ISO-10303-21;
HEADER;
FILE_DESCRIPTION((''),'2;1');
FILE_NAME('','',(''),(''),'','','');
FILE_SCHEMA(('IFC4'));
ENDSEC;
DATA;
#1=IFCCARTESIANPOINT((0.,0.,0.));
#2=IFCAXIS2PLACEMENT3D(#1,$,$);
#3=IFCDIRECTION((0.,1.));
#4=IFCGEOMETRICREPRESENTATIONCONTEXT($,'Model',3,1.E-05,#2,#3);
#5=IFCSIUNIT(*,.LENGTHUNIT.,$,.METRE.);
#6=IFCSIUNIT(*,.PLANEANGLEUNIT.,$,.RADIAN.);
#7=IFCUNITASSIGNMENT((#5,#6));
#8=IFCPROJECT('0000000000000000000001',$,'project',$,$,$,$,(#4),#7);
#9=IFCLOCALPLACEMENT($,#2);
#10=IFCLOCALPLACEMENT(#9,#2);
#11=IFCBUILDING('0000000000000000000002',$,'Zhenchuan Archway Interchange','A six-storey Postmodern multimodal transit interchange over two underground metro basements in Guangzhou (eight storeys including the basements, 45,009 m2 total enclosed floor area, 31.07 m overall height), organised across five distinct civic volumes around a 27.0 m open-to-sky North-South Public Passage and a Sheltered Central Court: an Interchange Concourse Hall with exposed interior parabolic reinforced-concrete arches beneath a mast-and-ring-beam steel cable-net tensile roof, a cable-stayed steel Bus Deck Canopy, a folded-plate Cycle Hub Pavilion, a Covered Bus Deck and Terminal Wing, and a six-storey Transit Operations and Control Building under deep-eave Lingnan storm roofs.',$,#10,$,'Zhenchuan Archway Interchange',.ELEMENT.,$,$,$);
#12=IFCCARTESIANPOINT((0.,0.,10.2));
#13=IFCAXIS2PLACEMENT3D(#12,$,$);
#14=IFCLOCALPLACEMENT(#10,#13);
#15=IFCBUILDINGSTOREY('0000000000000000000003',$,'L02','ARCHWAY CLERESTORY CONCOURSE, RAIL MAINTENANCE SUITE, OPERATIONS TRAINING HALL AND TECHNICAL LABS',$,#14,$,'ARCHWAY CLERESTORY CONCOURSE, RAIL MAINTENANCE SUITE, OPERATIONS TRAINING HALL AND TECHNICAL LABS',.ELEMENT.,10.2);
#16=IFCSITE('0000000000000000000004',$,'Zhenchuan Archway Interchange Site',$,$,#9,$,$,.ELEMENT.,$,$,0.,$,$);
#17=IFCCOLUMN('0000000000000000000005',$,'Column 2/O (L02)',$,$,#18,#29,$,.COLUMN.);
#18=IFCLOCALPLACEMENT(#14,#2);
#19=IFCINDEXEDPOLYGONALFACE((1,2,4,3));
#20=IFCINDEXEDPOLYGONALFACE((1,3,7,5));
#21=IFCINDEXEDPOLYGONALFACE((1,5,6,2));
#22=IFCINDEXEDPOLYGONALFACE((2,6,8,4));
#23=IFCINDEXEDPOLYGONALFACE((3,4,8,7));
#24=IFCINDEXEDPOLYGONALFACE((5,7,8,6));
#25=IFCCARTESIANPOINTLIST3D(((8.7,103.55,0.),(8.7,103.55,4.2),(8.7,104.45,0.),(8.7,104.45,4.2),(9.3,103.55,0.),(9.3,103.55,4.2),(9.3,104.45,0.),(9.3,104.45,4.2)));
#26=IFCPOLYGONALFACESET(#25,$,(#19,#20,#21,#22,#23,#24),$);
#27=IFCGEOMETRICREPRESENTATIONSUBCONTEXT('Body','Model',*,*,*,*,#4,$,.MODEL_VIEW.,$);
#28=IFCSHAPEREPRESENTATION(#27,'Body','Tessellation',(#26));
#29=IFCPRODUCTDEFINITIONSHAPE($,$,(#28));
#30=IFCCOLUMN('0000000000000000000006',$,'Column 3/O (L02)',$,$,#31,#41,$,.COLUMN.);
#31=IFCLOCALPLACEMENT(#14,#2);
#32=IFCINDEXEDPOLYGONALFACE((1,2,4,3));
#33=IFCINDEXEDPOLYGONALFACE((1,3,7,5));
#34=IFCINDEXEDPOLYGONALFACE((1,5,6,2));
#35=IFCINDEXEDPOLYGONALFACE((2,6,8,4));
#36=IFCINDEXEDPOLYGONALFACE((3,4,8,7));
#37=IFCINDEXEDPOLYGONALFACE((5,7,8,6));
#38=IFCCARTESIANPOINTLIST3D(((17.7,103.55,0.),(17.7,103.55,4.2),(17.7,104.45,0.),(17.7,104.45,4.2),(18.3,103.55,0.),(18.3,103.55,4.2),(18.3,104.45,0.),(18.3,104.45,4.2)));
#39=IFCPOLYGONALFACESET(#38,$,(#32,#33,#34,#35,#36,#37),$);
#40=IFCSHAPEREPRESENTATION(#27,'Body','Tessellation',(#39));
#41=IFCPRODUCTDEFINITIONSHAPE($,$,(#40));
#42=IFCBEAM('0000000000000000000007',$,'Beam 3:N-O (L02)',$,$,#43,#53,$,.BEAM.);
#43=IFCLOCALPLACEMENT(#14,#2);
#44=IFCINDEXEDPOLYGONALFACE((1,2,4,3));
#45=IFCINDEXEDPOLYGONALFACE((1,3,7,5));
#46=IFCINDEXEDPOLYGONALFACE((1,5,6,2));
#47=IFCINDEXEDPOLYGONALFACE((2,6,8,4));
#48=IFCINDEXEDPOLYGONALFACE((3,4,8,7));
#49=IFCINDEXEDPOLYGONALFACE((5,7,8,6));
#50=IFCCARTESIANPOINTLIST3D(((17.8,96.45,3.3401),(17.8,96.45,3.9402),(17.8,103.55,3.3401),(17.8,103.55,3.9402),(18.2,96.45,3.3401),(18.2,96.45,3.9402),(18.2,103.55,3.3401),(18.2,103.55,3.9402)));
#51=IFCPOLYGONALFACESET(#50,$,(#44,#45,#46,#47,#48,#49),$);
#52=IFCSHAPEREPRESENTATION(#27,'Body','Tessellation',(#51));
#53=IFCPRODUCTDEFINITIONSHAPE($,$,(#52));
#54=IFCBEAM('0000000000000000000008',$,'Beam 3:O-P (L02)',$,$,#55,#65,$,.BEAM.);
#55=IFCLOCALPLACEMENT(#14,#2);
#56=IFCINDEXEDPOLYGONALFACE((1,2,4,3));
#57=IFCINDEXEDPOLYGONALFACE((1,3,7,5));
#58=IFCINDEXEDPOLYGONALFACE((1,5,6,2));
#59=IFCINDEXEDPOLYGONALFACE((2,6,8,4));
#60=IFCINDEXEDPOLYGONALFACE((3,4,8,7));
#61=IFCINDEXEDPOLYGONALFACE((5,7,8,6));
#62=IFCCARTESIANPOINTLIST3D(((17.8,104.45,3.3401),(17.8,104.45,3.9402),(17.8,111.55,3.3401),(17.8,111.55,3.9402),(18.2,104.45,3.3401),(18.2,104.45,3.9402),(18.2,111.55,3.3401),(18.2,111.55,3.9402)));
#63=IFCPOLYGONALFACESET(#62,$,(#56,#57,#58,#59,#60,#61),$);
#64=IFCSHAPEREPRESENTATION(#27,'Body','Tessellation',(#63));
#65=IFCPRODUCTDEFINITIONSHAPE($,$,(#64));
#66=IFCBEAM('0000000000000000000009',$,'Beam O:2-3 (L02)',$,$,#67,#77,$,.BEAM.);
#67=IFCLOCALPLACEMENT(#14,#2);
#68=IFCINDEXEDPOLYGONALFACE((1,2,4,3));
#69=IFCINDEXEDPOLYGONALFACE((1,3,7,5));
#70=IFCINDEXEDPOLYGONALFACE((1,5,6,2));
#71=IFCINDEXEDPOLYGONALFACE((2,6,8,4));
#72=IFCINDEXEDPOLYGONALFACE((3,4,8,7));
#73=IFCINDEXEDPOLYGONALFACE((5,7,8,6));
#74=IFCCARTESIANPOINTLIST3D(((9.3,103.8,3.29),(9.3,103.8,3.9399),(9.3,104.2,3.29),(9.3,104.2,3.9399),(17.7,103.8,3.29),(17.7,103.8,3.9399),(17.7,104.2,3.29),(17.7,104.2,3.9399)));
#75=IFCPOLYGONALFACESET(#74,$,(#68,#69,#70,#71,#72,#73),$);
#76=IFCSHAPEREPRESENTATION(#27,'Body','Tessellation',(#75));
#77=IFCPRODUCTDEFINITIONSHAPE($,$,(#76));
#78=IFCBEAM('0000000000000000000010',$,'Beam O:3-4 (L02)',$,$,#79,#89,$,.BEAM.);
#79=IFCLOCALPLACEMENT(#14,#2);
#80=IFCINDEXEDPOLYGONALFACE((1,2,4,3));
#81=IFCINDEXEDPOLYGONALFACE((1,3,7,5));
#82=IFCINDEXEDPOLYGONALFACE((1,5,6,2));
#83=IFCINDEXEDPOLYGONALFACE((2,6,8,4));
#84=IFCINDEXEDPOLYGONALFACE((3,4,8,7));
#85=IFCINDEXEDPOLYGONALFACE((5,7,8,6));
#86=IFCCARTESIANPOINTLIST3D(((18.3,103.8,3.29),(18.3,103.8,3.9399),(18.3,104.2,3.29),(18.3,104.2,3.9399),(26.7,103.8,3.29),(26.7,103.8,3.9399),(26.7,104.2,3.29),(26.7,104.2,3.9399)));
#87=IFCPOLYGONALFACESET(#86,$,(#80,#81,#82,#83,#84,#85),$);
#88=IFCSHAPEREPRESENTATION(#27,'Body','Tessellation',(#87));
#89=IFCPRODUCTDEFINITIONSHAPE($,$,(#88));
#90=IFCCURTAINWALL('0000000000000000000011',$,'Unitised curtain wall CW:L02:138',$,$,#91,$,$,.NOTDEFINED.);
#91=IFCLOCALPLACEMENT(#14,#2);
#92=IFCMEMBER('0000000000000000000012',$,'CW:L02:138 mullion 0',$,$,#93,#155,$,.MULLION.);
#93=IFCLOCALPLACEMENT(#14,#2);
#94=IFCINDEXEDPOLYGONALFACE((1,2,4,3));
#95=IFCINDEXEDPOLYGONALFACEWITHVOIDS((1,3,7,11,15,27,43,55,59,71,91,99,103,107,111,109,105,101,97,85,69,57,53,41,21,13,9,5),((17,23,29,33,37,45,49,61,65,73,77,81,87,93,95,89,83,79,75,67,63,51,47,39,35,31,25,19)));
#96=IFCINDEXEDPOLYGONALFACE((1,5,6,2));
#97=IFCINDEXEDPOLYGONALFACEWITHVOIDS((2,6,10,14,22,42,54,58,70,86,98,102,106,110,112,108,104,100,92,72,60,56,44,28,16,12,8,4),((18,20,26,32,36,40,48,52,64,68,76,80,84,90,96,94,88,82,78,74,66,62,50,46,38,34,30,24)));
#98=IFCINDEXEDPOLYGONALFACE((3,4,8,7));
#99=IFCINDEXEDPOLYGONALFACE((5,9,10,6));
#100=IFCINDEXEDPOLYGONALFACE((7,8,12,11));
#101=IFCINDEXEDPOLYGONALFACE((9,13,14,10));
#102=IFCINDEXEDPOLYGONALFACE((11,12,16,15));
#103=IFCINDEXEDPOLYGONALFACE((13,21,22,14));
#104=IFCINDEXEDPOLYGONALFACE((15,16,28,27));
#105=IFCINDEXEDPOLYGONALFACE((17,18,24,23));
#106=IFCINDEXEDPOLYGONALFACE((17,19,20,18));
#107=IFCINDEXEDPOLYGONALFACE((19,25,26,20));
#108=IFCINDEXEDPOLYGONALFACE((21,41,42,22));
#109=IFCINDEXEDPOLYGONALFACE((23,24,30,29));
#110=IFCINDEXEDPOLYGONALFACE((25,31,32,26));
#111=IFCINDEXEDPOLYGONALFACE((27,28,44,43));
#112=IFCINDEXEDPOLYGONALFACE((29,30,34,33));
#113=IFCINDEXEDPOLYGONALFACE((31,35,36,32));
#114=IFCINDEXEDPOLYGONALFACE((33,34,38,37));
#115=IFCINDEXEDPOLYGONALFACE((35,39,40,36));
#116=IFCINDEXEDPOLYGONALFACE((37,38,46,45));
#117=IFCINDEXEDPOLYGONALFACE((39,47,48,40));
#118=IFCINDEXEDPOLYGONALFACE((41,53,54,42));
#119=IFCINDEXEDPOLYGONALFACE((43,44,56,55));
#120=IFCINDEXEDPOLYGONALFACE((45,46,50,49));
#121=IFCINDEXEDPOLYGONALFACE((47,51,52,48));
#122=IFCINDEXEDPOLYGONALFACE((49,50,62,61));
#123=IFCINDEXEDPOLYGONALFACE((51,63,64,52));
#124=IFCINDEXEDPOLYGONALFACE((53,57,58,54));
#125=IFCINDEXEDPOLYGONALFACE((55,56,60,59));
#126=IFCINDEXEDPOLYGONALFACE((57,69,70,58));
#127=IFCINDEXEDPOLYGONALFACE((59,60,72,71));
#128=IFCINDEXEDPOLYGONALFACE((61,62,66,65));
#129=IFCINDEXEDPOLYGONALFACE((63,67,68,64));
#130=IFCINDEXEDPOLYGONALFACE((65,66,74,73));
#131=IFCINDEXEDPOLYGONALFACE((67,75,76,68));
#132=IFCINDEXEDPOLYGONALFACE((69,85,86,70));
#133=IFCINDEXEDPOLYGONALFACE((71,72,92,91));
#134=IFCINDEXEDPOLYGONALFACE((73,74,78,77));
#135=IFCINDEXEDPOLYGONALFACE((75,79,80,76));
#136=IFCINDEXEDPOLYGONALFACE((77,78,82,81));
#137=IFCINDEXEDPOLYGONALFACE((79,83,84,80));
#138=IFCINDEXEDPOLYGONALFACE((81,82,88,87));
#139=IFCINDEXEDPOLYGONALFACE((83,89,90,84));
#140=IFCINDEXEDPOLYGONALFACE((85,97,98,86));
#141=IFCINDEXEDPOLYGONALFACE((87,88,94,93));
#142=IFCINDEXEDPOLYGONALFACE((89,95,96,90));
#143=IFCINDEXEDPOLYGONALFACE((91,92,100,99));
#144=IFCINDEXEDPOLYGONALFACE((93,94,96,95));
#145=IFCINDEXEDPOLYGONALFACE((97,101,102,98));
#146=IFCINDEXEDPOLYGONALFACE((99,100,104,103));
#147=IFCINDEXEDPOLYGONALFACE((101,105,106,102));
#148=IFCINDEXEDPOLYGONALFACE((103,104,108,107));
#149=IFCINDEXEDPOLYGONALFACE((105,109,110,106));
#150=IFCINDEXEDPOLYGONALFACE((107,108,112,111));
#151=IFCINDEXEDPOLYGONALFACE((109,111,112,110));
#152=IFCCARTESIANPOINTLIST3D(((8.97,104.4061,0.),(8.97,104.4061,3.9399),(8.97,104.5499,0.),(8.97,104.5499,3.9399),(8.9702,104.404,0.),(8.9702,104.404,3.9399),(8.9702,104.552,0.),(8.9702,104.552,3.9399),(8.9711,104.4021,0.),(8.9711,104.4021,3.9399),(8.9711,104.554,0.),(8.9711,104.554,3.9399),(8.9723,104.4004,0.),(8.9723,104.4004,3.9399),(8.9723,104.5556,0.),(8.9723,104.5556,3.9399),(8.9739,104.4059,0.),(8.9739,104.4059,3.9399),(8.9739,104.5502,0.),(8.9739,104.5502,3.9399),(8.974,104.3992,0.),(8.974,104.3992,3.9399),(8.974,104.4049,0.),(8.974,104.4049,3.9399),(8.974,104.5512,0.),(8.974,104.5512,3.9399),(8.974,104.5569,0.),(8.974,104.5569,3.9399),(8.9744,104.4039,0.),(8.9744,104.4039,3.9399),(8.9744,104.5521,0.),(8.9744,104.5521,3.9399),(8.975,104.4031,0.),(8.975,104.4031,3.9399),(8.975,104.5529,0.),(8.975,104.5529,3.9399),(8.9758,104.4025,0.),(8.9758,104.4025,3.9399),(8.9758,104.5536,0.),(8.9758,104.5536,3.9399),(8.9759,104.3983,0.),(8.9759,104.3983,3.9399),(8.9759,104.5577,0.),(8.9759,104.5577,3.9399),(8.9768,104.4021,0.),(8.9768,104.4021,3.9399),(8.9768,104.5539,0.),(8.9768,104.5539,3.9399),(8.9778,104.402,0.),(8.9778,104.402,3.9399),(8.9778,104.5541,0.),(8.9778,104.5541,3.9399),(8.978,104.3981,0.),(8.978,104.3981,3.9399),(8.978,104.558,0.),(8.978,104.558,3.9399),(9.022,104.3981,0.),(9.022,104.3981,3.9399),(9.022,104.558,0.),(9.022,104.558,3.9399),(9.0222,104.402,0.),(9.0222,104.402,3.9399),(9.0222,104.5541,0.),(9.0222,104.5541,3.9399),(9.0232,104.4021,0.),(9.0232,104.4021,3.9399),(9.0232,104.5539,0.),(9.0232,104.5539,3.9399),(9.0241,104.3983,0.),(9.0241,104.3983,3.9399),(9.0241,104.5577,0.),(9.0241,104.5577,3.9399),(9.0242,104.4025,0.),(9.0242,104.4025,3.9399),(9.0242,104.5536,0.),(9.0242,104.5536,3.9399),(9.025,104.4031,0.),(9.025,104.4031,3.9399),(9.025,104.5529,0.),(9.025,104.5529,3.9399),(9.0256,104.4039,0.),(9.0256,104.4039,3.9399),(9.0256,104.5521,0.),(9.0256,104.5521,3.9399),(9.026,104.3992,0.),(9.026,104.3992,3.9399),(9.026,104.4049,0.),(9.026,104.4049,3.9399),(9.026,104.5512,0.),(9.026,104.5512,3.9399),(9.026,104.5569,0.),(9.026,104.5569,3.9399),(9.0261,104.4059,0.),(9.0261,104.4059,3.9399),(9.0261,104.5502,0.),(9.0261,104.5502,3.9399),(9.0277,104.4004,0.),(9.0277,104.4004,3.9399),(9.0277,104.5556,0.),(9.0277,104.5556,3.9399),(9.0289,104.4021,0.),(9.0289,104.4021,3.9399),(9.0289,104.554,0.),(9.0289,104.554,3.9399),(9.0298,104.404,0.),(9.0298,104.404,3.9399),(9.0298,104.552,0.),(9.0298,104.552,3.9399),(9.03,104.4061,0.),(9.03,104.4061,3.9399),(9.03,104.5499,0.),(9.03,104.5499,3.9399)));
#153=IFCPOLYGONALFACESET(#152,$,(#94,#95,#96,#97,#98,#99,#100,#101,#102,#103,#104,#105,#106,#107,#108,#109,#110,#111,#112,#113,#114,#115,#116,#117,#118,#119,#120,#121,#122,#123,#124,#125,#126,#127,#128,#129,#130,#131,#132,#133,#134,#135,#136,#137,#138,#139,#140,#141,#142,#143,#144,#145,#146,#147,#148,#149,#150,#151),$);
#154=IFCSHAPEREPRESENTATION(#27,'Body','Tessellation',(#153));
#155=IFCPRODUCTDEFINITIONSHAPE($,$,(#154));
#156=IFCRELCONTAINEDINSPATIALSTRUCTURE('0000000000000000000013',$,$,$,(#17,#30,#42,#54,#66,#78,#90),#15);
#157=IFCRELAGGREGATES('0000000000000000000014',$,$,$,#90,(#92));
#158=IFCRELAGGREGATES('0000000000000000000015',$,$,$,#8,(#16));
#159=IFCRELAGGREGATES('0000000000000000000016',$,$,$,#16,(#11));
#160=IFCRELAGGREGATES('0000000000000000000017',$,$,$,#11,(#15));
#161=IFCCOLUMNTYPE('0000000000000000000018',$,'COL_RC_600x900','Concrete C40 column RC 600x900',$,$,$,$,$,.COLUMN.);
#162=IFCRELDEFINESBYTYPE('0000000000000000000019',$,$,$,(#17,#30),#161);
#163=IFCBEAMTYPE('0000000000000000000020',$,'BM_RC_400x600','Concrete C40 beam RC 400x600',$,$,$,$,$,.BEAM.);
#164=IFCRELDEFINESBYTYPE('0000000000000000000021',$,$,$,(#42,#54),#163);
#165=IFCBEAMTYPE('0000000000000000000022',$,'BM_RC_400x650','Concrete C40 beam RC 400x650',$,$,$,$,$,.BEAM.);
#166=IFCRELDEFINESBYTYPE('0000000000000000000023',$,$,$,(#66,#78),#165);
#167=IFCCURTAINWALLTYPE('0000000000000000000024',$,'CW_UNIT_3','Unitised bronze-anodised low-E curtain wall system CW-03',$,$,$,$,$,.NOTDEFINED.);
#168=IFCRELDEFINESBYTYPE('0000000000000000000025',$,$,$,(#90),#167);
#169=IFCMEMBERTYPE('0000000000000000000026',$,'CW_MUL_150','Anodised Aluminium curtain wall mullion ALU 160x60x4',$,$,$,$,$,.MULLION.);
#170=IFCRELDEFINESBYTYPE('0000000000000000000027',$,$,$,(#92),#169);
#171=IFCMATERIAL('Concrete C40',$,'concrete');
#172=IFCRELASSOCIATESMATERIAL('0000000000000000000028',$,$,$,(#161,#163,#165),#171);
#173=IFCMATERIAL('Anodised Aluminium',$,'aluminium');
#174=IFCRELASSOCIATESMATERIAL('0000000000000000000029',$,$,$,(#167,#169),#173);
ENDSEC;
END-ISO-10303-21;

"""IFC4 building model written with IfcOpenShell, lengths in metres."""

from ifc_helpers import new_model, si_unit, direction, frame, origin, origin_2d, place, context, subcontext, project, spatial, rectangle, hollow_rectangle, extrude, material, material_profile, profile_set, type_object, element, aggregate, save


model = new_model("IFC4")

# Units and contexts
model_context = context("Model", 3, precision=1e-05, world=origin(), true_north=direction((0.0, 1.0)))
body_context = subcontext(model_context, "Body", "Model", "MODEL_VIEW")
ifc_project = project(units=[si_unit("LENGTHUNIT", "METRE"), si_unit("PLANEANGLEUNIT", "RADIAN")], contexts=[model_context])

# Site, building, storey
site_placement = place(None, origin())
site = spatial("IfcSite", under=ifc_project, at=site_placement, Name="Zhenchuan Archway Interchange Site", CompositionType="ELEMENT", RefElevation=0.0)
building_placement = place(site_placement, origin())
building = spatial("IfcBuilding", under=site, at=building_placement, Name="Zhenchuan Archway Interchange", Description="A six-storey Postmodern multimodal transit interchange over two underground metro basements in Guangzhou (eight storeys including the basements, 45,009 m2 total enclosed floor area, 31.07 m overall height), organised across five distinct civic volumes around a 27.0 m open-to-sky North-South Public Passage and a Sheltered Central Court: an Interchange Concourse Hall with exposed interior parabolic reinforced-concrete arches beneath a mast-and-ring-beam steel cable-net tensile roof, a cable-stayed steel Bus Deck Canopy, a folded-plate Cycle Hub Pavilion, a Covered Bus Deck and Terminal Wing, and a six-storey Transit Operations and Control Building under deep-eave Lingnan storm roofs.", LongName="Zhenchuan Archway Interchange", CompositionType="ELEMENT")
storey_placement = place(building_placement, frame((0.0, 0.0, 10.2)))
storey = spatial("IfcBuildingStorey", under=building, at=storey_placement, Name="L02", Description="ARCHWAY CLERESTORY CONCOURSE, RAIL MAINTENANCE SUITE, OPERATIONS TRAINING HALL AND TECHNICAL LABS", LongName="ARCHWAY CLERESTORY CONCOURSE, RAIL MAINTENANCE SUITE, OPERATIONS TRAINING HALL AND TECHNICAL LABS", CompositionType="ELEMENT", Elevation=10.2)

# Columns
ifc_material_1 = material(Name="Concrete C40", Category="concrete")
ifc_material_profile_1 = material_profile(ifc_material_1, rectangle(XDim=0.6001, YDim=0.8999, at=origin_2d()), Name="RC 600x900")
ifc_profile_set_1 = profile_set([ifc_material_profile_1], Name="Concrete C40")
column_type = type_object("IfcColumnType", Name="COL_RC_600x900", Description="Concrete C40 column RC 600x900", PredefinedType="COLUMN", material=ifc_profile_set_1)
for number, where, z_axis, x_axis, name in (
    (1, (9.0, 104.0, 0.0), (0.0, 0.0, 1.0), (1.0, 0.0, 0.0), "Column 2/O (L02)"),
    (2, (18.0, 104.0, 0.0), (0.0, 0.0, 1.0), (1.0, 0.0, 0.0), "Column 3/O (L02)"),
):
    element("IfcColumn", number, at=place(storey_placement, frame(where, z_axis=z_axis, x_axis=x_axis)), inside=storey, type_object=column_type, Name=name, PredefinedType="COLUMN", context=body_context, shape_type="SweptSolid", body=[
        extrude(rectangle(XDim=0.6001, YDim=0.8999, at=origin_2d()), origin(), (0.0, 0.0, 1.0), 4.2),
    ])

# Beams
ifc_material_profile_2 = material_profile(ifc_material_1, rectangle(XDim=0.3999, YDim=0.6001, at=origin_2d()), Name="RC 400x600")
ifc_profile_set_2 = profile_set([ifc_material_profile_2], Name="Concrete C40")
beam_type_1 = type_object("IfcBeamType", Name="BM_RC_400x600", Description="Concrete C40 beam RC 400x600", PredefinedType="BEAM", material=ifc_profile_set_2)
for number, where, z_axis, x_axis, name in (
    (3, (18.0, 96.45, 3.6401), (0.0, 1.0, 0.0), (-1.0, 0.0, 0.0), "Beam 3:N-O (L02)"),
    (4, (18.0, 104.45, 3.6401), (0.0, 1.0, 0.0), (-1.0, 0.0, 0.0), "Beam 3:O-P (L02)"),
):
    element("IfcBeam", number, at=place(storey_placement, frame(where, z_axis=z_axis, x_axis=x_axis)), inside=storey, type_object=beam_type_1, Name=name, PredefinedType="BEAM", context=body_context, shape_type="SweptSolid", body=[
        extrude(rectangle(XDim=0.3999, YDim=0.6001, at=origin_2d()), origin(), (0.0, 0.0, 1.0), 7.1001),
    ])
ifc_material_profile_3 = material_profile(ifc_material_1, rectangle(XDim=0.3999, YDim=0.6499, at=origin_2d()), Name="RC 400x650")
ifc_profile_set_3 = profile_set([ifc_material_profile_3], Name="Concrete C40")
beam_type_2 = type_object("IfcBeamType", Name="BM_RC_400x650", Description="Concrete C40 beam RC 400x650", PredefinedType="BEAM", material=ifc_profile_set_3)
for number, where, z_axis, x_axis, name in (
    (5, (9.3, 104.0, 3.615), (1.0, 0.0, 0.0), (0.0, 1.0, 0.0), "Beam O:2-3 (L02)"),
    (6, (18.3, 104.0, 3.615), (1.0, 0.0, 0.0), (0.0, 1.0, 0.0), "Beam O:3-4 (L02)"),
):
    element("IfcBeam", number, at=place(storey_placement, frame(where, z_axis=z_axis, x_axis=x_axis)), inside=storey, type_object=beam_type_2, Name=name, PredefinedType="BEAM", context=body_context, shape_type="SweptSolid", body=[
        extrude(rectangle(XDim=0.3999, YDim=0.6499, at=origin_2d()), origin(), (0.0, 0.0, 1.0), 8.3999),
    ])

# Curtain wall, member
ifc_material_2 = material(Name="Anodised Aluminium", Category="aluminium")
curtain_wall_type = type_object("IfcCurtainWallType", Name="CW_UNIT_3", Description="Unitised bronze-anodised low-E curtain wall system CW-03", PredefinedType="NOTDEFINED", material=ifc_material_2)
curtain_wall_placement = place(storey_placement, origin())
curtain_wall = element("IfcCurtainWall", 7, at=curtain_wall_placement, inside=storey, type_object=curtain_wall_type, Name="Unitised curtain wall CW:L02:138", PredefinedType="NOTDEFINED")
ifc_material_profile_4 = material_profile(ifc_material_2, hollow_rectangle(XDim=0.0601, YDim=0.1599, WallThickness=0.0039, InnerFilletRadius=0.0039, OuterFilletRadius=0.0081, at=origin_2d()), Name="ALU 160x60x4")
ifc_profile_set_4 = profile_set([ifc_material_profile_4], Name="Anodised Aluminium")
member_type_1 = type_object("IfcMemberType", Name="CW_MUL_150", Description="Anodised Aluminium curtain wall mullion ALU 160x60x4", PredefinedType="MULLION", material=ifc_profile_set_4)
member_1_placement = place(storey_placement, frame((9.0, 104.478, 0.0), z_axis=(0.0, 0.0, 1.0), x_axis=(1.0, 0.0, 0.0)))
member_1 = element("IfcMember", 8, at=member_1_placement, type_object=member_type_1, Name="CW:L02:138 mullion 0", PredefinedType="MULLION", context=body_context, shape_type="SweptSolid", body=[
    extrude(hollow_rectangle(XDim=0.0601, YDim=0.1599, WallThickness=0.0039, InnerFilletRadius=0.0039, OuterFilletRadius=0.0081, at=origin_2d()), origin(), (0.0, 0.0, 1.0), 3.9399),
])

aggregate(curtain_wall, [member_1])

save(model, "model.ifc")
